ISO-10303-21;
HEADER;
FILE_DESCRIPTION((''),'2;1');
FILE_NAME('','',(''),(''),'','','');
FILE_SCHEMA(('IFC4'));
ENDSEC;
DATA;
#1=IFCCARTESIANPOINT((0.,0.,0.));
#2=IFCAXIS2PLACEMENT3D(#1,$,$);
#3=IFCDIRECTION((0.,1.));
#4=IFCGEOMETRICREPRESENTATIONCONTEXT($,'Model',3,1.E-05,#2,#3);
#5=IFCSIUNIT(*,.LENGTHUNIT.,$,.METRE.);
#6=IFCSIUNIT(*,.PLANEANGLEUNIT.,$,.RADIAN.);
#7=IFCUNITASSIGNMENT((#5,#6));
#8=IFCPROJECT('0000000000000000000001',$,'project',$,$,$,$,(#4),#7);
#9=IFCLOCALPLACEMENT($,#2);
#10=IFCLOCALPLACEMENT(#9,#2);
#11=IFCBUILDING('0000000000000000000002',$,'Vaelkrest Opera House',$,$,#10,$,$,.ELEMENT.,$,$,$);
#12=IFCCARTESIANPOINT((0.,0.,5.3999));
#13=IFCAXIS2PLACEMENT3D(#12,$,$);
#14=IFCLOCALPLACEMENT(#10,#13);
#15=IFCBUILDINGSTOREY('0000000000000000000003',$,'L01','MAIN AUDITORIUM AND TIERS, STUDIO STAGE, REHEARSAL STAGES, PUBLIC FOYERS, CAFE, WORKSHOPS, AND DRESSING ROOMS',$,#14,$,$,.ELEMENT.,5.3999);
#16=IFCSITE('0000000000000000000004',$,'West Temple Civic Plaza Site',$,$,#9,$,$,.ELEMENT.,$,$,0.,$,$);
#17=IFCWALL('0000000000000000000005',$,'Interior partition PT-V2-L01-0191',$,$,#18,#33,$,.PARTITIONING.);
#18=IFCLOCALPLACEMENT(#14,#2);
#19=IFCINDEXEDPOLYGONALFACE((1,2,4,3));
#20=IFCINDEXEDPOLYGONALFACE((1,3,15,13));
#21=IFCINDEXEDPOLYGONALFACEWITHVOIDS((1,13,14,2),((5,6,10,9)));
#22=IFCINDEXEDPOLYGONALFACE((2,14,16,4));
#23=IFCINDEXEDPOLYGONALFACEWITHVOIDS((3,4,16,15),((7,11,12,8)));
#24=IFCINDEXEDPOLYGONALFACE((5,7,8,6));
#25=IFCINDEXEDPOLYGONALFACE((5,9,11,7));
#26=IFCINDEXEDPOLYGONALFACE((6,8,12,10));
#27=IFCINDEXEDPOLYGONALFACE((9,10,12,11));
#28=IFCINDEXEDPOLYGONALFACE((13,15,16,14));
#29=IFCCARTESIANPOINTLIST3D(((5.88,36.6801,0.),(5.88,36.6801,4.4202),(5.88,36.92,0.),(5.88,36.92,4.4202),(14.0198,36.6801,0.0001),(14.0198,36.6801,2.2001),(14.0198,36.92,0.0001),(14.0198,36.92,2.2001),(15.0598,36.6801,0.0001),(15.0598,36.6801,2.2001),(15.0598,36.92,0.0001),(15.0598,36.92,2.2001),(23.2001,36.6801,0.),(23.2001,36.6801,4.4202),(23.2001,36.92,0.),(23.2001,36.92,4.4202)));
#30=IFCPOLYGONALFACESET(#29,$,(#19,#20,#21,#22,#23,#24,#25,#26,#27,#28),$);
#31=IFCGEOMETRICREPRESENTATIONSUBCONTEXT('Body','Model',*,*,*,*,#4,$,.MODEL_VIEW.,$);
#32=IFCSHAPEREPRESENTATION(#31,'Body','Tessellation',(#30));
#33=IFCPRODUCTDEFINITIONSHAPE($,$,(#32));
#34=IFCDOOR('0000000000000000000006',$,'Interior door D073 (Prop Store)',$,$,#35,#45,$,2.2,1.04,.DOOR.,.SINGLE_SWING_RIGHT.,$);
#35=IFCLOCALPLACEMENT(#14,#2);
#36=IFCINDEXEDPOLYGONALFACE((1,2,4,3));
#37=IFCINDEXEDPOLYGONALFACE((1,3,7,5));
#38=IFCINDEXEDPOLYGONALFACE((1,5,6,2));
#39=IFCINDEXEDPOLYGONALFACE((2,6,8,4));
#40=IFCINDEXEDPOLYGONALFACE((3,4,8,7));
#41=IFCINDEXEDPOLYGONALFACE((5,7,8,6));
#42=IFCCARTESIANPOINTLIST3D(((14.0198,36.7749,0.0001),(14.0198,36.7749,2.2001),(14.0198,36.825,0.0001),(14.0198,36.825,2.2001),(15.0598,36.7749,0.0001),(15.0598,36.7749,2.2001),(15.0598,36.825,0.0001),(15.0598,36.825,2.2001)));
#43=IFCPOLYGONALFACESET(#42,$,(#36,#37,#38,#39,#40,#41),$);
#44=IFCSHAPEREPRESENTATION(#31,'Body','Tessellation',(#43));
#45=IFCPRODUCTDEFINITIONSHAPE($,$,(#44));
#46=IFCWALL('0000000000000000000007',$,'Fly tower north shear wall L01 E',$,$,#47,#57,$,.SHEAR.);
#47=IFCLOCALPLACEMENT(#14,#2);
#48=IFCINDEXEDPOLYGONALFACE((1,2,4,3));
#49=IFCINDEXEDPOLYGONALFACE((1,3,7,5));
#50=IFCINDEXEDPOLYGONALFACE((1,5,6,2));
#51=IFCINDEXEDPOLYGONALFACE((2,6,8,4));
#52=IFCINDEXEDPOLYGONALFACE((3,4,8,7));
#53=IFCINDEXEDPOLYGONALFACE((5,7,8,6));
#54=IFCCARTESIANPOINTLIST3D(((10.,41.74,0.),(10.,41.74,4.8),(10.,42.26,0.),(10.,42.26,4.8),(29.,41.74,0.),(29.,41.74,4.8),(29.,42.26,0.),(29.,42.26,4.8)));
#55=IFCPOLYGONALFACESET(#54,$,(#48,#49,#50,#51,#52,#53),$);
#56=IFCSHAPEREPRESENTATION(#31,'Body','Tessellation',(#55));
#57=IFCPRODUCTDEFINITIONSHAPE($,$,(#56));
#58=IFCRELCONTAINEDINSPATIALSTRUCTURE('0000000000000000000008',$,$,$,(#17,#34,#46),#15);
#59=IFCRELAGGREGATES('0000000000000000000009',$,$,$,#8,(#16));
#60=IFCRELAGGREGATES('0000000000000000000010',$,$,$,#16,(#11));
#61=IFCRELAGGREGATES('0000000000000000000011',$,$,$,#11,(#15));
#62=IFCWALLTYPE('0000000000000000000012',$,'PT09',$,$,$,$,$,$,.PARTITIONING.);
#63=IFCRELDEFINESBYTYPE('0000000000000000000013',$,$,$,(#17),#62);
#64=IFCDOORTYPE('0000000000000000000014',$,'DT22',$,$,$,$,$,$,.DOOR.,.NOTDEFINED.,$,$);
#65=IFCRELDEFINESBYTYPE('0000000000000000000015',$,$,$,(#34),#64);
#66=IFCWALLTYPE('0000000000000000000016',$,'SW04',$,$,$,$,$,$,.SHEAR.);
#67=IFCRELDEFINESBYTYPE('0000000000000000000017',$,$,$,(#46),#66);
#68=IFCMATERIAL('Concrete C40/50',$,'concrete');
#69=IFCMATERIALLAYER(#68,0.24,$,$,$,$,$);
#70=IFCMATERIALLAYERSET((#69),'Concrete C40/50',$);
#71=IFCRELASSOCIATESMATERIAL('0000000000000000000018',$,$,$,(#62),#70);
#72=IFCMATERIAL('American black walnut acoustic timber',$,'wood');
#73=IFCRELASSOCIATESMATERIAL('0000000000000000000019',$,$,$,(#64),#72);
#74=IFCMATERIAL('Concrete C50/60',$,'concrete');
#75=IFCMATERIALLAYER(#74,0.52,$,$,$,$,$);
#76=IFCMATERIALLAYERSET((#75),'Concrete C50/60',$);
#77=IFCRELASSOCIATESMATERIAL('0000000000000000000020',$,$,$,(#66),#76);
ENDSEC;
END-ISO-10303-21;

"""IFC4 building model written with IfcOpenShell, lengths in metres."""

from ifc_helpers import new_model, si_unit, direction, frame, frame_2d, origin, place, context, subcontext, project, spatial, rectangle, extrude, material, layer, layer_set, type_object, element, fill, save


model = new_model("IFC4")

# Units and contexts
model_context = context("Model", 3, precision=1e-05, world=origin(), true_north=direction((0.0, 1.0)))
body_context = subcontext(model_context, "Body", "Model", "MODEL_VIEW")
ifc_project = project(units=[si_unit("LENGTHUNIT", "METRE"), si_unit("PLANEANGLEUNIT", "RADIAN")], contexts=[model_context])

# Site, building, storey
site_placement = place(None, origin())
site = spatial("IfcSite", under=ifc_project, at=site_placement, Name="West Temple Civic Plaza Site", CompositionType="ELEMENT", RefElevation=0.0)
building_placement = place(site_placement, origin())
building = spatial("IfcBuilding", under=site, at=building_placement, Name="Vaelkrest Opera House", CompositionType="ELEMENT")
storey_placement = place(building_placement, frame((0.0, 0.0, 5.3999)))
storey = spatial("IfcBuildingStorey", under=building, at=storey_placement, Name="L01", Description="MAIN AUDITORIUM AND TIERS, STUDIO STAGE, REHEARSAL STAGES, PUBLIC FOYERS, CAFE, WORKSHOPS, AND DRESSING ROOMS", CompositionType="ELEMENT", Elevation=5.3999)

# Shared definitions
ifc_material_1 = material(Name="Concrete C50/60", Category="concrete")

# Shared definitions
ifc_material_2 = material(Name="Concrete C40/50", Category="concrete")

# Shared definitions
ifc_material_3 = material(Name="American black walnut acoustic timber", Category="wood")

# Wall, opening, door
ifc_layer_1 = layer(ifc_material_2, 0.24)
ifc_layer_set_1 = layer_set([ifc_layer_1], Name="Concrete C40/50")
wall_type_1 = type_object("IfcWallType", Name="PT09", PredefinedType="PARTITIONING", material=ifc_layer_set_1)
wall_1_placement = place(storey_placement, frame((5.8799, 36.8, 0.0), z_axis=(0.0, 0.0, 1.0), x_axis=(1.0, 0.0, 0.0)))
wall_1 = element("IfcWall", 1, at=wall_1_placement, inside=storey, type_object=wall_type_1, Name="Interior partition PT-V2-L01-0191", PredefinedType="PARTITIONING", context=body_context, shape_type="SweptSolid", body=[
    extrude(rectangle(XDim=17.3201, YDim=0.24, at=frame_2d((8.6602, 0.0))), origin(), (0.0, 0.0, 1.0), 4.4202),
])
opening_1_placement = place(wall_1_placement, frame((8.1399, 0.0, 0.0)))
opening_1 = element("IfcOpeningElement", 2, at=opening_1_placement, cuts=wall_1, PredefinedType="OPENING", context=body_context, shape_type="SweptSolid", body=[
    extrude(rectangle(XDim=1.04, YDim=2.2, at=frame_2d((0.52, 1.1001))), frame((0.0, 0.1299, 0.0), z_axis=(0.0, -1.0, 0.0), x_axis=(1.0, 0.0, 0.0)), (0.0, 0.0, 1.0), 0.26),
])
door_type = type_object("IfcDoorType", Name="DT22", OperationType="NOTDEFINED", PredefinedType="DOOR", material=ifc_material_3)
door_placement = place(opening_1_placement, origin())
door = element("IfcDoor", 3, at=door_placement, inside=storey, type_object=door_type, Name="Interior door D073 (Prop Store)", OperationType="SINGLE_SWING_RIGHT", OverallHeight=2.2, OverallWidth=1.04, PredefinedType="DOOR", context=body_context, shape_type="SweptSolid", body=[
    extrude(rectangle(XDim=1.04, YDim=2.2, at=frame_2d((0.52, 1.1001))), frame((0.0, 0.0249, 0.0), z_axis=(0.0, -1.0, 0.0), x_axis=(1.0, 0.0, 0.0)), (0.0, 0.0, 1.0), 0.05),
])
fill(opening_1, door)

# Wall
ifc_layer_2 = layer(ifc_material_1, 0.52)
ifc_layer_set_2 = layer_set([ifc_layer_2], Name="Concrete C50/60")
wall_type_2 = type_object("IfcWallType", Name="SW04", PredefinedType="SHEAR", material=ifc_layer_set_2)
wall_2_placement = place(storey_placement, frame((10.0, 42.0, 0.0), z_axis=(0.0, 0.0, 1.0), x_axis=(1.0, 0.0, 0.0)))
element("IfcWall", 4, at=wall_2_placement, inside=storey, type_object=wall_type_2, Name="Fly tower north shear wall L01 E", PredefinedType="SHEAR", context=body_context, shape_type="SweptSolid", body=[
    extrude(rectangle(XDim=19.0, YDim=0.52, at=frame_2d((9.5, 0.0))), origin(), (0.0, 0.0, 1.0), 4.8),
])

save(model, "model.ifc")
